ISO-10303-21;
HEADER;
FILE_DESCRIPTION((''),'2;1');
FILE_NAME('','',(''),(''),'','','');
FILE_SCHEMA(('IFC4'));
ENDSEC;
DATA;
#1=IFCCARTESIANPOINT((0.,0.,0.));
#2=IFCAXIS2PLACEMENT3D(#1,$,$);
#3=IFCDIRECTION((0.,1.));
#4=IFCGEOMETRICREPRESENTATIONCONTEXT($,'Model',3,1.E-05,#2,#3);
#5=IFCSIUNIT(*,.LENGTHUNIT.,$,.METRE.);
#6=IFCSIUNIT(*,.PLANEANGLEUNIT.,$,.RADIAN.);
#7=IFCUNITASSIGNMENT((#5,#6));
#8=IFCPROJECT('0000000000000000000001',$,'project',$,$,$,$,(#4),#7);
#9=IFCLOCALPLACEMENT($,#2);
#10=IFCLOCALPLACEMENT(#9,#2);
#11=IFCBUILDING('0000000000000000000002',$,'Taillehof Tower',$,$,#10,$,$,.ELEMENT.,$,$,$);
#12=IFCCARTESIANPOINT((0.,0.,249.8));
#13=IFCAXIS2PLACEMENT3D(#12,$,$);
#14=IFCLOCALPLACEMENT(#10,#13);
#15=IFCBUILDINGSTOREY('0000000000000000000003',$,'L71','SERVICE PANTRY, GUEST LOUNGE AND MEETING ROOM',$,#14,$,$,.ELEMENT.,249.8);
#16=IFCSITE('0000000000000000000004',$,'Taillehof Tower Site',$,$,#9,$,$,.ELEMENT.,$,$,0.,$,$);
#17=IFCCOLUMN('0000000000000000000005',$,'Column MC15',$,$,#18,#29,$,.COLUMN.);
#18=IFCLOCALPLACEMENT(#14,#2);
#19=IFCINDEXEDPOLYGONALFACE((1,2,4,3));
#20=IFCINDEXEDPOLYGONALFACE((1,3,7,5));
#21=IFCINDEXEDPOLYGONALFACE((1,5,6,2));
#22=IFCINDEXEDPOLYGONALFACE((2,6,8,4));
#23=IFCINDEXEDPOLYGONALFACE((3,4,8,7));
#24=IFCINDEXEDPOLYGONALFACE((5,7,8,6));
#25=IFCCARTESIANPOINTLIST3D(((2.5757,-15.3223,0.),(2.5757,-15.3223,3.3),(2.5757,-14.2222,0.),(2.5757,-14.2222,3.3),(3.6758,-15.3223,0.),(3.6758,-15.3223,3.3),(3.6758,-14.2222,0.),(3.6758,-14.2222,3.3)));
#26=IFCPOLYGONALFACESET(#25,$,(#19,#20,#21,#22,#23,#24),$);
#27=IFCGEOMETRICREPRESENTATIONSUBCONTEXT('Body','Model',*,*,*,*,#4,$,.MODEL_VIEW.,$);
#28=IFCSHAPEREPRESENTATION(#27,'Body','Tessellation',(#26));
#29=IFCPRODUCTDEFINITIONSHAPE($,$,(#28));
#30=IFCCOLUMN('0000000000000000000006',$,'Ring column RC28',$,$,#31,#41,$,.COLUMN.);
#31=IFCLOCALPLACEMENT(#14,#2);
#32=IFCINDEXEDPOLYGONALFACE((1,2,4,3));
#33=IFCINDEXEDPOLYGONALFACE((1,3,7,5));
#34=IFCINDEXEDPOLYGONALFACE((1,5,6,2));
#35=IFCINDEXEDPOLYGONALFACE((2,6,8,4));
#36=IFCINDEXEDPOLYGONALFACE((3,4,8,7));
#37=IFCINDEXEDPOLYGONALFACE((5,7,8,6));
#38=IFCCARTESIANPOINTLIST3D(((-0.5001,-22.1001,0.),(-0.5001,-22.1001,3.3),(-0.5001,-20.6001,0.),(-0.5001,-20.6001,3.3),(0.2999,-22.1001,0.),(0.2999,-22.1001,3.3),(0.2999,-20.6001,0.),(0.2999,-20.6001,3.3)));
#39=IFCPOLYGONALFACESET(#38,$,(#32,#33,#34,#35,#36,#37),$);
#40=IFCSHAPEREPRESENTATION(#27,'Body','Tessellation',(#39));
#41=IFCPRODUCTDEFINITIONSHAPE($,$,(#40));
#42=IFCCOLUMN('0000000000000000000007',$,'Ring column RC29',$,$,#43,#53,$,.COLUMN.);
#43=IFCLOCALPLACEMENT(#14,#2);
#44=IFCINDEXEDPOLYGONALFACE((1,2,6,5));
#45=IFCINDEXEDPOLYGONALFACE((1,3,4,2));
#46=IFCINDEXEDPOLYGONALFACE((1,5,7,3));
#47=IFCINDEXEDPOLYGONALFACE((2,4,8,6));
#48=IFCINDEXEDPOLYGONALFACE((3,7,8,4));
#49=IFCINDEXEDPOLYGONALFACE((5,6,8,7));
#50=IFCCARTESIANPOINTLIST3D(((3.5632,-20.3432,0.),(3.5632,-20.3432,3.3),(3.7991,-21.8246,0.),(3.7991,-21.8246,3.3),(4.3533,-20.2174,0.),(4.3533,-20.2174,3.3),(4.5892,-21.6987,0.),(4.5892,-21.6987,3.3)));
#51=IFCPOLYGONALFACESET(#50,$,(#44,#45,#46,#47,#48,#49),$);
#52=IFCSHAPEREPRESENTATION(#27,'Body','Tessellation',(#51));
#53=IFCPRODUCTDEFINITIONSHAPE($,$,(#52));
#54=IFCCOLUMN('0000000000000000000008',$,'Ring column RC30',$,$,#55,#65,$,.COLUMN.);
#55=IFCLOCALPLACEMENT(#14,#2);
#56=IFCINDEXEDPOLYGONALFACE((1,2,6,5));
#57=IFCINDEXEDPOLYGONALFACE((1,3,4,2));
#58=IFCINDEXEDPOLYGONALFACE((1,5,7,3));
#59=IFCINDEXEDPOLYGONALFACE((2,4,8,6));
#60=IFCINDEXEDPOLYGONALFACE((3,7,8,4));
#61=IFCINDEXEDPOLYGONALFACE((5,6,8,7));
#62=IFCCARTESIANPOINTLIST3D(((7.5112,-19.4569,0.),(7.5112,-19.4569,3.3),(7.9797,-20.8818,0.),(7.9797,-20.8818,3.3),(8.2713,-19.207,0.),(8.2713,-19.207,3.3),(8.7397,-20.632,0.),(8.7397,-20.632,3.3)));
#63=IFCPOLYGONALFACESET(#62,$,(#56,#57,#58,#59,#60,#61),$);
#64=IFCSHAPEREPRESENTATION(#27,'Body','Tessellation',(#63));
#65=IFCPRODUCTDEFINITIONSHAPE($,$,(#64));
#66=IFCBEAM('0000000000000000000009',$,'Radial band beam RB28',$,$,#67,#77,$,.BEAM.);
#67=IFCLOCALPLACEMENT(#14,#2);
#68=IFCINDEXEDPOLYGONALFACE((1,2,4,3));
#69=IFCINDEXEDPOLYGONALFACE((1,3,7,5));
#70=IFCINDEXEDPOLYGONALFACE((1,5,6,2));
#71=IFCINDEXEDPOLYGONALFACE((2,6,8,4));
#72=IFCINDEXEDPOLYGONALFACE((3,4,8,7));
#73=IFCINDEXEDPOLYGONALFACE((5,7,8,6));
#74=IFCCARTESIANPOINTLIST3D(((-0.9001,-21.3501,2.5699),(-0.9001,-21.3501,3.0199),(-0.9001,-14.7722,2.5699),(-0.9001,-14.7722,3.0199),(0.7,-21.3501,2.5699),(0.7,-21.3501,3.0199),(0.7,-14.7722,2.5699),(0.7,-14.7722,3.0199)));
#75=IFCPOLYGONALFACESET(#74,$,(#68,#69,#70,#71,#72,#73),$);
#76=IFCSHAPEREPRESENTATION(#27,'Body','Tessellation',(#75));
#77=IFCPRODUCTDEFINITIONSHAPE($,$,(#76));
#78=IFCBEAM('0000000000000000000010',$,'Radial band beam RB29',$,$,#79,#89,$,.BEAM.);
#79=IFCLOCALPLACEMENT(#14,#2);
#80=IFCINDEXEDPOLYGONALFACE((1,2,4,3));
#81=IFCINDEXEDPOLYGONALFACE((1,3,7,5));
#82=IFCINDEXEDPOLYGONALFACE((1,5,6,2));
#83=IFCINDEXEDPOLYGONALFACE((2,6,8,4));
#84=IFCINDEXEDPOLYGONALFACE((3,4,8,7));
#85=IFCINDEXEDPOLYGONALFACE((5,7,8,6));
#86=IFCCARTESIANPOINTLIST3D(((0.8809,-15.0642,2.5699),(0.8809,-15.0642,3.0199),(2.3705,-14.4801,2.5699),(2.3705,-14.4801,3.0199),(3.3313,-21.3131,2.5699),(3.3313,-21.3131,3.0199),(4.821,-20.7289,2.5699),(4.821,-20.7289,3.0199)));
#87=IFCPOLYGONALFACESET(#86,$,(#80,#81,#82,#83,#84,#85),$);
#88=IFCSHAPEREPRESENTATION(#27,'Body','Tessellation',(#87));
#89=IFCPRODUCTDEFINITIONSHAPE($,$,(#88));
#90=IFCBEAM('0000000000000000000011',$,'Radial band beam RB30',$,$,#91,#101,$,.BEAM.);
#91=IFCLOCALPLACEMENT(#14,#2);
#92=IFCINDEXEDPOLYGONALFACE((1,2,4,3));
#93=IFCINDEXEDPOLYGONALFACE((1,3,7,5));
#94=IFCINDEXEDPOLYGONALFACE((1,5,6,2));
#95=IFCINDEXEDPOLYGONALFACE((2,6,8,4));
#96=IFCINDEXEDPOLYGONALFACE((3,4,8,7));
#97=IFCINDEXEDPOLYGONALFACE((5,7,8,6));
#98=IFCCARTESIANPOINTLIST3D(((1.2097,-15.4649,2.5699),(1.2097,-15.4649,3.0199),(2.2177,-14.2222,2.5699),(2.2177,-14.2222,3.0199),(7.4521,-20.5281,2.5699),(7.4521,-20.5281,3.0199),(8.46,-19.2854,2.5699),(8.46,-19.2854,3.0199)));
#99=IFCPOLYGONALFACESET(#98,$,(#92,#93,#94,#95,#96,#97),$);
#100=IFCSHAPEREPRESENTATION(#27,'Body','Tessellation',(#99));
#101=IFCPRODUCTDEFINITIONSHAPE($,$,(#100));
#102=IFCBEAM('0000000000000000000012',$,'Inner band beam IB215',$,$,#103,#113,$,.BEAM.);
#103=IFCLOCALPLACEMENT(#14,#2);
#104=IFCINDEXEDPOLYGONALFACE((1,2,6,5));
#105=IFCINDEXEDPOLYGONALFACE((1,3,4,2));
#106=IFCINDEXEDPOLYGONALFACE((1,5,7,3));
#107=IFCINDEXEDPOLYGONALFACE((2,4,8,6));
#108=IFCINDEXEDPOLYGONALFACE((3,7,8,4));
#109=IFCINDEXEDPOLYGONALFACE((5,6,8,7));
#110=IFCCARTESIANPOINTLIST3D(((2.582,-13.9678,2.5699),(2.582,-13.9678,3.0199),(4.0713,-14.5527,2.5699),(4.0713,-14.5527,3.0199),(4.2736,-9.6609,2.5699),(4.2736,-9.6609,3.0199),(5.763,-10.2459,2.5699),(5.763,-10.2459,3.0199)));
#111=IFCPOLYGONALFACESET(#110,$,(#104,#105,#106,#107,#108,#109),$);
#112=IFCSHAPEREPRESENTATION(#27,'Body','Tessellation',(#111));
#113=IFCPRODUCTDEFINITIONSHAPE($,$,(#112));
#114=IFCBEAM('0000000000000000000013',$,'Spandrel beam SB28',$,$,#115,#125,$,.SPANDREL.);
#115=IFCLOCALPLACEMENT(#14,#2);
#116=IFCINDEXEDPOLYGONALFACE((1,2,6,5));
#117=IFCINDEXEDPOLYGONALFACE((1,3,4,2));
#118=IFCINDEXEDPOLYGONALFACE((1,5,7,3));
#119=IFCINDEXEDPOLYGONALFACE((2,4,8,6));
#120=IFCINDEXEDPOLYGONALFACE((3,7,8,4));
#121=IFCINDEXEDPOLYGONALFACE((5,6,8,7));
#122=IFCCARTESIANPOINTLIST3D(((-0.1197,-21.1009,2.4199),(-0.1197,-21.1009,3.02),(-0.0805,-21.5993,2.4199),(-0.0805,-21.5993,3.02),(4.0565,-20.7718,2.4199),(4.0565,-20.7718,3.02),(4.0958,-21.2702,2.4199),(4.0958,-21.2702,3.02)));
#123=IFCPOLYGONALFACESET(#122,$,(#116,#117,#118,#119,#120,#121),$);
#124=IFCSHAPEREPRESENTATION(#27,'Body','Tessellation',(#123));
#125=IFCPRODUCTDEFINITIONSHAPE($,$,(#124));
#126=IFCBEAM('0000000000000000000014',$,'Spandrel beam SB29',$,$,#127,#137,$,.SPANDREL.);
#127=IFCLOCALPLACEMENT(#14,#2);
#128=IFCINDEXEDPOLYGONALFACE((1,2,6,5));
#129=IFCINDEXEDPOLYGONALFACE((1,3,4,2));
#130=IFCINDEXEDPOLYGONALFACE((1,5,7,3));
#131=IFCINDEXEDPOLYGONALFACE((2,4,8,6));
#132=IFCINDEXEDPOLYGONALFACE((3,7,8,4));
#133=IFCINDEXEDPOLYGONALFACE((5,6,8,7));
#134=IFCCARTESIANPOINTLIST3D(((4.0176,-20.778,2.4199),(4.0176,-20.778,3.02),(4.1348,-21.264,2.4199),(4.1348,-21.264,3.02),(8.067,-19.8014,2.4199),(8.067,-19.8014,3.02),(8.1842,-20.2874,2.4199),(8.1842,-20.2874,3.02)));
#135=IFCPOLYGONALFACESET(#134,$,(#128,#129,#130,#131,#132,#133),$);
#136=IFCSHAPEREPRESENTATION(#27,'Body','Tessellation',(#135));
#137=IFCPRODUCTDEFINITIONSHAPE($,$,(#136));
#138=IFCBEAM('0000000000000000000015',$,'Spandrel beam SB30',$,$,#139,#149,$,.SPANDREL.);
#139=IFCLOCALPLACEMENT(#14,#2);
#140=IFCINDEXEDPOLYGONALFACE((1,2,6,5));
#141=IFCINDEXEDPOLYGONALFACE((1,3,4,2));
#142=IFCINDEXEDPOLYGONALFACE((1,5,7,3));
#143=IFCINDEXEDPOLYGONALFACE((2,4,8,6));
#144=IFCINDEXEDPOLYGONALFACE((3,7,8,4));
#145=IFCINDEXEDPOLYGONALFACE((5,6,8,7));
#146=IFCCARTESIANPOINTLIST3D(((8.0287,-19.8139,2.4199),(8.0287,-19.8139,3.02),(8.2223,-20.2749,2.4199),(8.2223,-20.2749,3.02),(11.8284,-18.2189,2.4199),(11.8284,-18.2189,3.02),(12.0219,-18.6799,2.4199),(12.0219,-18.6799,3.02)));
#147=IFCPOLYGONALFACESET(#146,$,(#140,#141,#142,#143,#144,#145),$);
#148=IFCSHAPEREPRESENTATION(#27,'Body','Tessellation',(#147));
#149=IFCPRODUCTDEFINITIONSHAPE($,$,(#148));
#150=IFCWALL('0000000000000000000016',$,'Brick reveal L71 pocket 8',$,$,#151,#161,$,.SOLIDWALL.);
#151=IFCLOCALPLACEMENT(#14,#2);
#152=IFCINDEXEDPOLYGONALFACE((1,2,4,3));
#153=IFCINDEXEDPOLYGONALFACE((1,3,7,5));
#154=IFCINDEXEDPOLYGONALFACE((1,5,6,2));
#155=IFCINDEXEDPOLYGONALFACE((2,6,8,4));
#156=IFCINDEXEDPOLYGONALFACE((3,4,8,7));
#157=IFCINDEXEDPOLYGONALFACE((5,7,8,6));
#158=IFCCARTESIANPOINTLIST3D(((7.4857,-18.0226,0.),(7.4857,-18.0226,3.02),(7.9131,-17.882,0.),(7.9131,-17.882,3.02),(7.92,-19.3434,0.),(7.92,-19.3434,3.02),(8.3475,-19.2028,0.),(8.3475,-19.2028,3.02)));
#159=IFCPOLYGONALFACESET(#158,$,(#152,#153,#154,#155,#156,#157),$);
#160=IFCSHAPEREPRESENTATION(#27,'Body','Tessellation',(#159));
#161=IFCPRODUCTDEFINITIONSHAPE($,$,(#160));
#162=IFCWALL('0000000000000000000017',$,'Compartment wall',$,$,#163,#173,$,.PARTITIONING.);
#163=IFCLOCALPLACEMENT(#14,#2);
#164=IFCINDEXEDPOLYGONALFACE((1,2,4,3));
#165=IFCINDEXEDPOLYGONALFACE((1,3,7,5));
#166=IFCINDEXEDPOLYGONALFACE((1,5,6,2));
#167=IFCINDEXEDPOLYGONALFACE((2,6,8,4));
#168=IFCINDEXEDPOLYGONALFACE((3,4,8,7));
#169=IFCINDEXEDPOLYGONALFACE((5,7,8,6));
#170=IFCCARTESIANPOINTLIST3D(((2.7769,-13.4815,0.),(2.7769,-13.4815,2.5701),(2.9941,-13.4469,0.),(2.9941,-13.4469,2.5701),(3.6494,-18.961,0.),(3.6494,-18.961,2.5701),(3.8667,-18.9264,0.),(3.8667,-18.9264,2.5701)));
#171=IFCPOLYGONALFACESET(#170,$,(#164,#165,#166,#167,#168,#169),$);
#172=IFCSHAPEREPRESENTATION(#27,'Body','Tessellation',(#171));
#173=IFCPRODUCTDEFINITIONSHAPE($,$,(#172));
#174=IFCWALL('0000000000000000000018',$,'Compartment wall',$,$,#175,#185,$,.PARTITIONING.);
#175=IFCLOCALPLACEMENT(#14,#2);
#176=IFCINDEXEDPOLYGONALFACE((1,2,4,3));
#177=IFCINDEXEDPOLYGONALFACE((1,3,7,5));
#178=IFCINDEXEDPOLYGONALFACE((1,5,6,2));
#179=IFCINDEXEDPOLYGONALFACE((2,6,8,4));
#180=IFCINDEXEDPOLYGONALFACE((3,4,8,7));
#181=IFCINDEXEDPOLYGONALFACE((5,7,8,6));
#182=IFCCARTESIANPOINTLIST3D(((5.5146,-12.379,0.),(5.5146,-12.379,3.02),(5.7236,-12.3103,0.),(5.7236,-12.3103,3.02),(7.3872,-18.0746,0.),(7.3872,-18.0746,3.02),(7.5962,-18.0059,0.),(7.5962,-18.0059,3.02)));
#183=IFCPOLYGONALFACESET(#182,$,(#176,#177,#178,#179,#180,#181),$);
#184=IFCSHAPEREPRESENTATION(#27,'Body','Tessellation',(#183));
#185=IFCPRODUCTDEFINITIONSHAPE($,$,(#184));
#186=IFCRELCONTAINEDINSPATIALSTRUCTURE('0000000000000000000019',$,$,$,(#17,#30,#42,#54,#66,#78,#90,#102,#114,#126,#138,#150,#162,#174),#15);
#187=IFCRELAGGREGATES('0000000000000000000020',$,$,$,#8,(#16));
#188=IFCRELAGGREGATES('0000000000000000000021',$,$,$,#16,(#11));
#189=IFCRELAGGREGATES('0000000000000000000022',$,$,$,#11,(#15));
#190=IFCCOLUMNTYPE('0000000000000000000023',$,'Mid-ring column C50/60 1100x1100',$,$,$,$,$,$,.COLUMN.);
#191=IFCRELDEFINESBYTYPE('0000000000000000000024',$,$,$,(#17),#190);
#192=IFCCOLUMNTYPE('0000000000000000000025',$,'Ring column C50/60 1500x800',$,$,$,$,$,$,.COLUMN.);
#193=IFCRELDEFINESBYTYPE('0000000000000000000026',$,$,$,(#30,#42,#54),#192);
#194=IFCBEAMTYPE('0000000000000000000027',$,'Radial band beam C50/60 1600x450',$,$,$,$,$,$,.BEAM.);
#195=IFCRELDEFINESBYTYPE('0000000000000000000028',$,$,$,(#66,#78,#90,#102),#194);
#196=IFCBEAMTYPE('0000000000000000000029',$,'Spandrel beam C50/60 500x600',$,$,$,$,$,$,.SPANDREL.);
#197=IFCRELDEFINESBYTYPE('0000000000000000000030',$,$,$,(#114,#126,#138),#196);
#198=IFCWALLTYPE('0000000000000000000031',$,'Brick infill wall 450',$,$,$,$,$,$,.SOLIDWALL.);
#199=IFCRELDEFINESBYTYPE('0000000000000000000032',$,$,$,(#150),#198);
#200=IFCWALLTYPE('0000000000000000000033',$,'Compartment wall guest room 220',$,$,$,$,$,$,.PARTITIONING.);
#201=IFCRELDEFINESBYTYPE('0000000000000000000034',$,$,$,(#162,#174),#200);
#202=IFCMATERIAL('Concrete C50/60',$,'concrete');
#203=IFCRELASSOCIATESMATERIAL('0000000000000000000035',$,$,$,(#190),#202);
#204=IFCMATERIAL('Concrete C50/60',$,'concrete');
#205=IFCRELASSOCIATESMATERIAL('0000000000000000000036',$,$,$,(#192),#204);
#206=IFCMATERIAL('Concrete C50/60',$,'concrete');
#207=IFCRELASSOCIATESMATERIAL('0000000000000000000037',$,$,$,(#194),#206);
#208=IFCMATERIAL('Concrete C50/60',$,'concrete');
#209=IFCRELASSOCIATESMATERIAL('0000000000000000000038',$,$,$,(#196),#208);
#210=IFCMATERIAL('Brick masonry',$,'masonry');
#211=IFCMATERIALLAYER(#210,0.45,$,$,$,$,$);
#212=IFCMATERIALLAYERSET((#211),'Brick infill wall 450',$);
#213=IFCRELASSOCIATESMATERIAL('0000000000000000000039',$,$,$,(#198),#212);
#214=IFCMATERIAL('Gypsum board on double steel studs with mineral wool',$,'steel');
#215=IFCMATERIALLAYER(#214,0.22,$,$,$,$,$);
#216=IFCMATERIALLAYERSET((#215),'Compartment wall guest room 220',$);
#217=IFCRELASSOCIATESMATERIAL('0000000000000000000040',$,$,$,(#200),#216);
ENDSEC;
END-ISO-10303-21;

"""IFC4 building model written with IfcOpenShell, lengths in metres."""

from ifc_helpers import new_model, si_unit, direction, frame, frame_2d, origin, origin_2d, place, context, subcontext, project, spatial, rectangle, extrude, material, layer, layer_set, material_profile, profile_set, type_object, element, save


model = new_model("IFC4")

# Units and contexts
model_context = context("Model", 3, precision=1e-05, world=origin(), true_north=direction((0.0, 1.0)))
body_context = subcontext(model_context, "Body", "Model", "MODEL_VIEW")
ifc_project = project(units=[si_unit("LENGTHUNIT", "METRE"), si_unit("PLANEANGLEUNIT", "RADIAN")], contexts=[model_context])

# Site, building, storey
site_placement = place(None, origin())
site = spatial("IfcSite", under=ifc_project, at=site_placement, Name="Taillehof Tower Site", CompositionType="ELEMENT", RefElevation=0.0)
building_placement = place(site_placement, origin())
building = spatial("IfcBuilding", under=site, at=building_placement, Name="Taillehof Tower", CompositionType="ELEMENT")
storey_placement = place(building_placement, frame((0.0, 0.0, 249.8)))
storey = spatial("IfcBuildingStorey", under=building, at=storey_placement, Name="L71", Description="SERVICE PANTRY, GUEST LOUNGE AND MEETING ROOM", CompositionType="ELEMENT", Elevation=249.8)

# Columns
ifc_material_1 = material(Name="Concrete C50/60", Category="concrete")
ifc_material_profile_1 = material_profile(ifc_material_1, rectangle(XDim=1.1001, YDim=1.1001, at=origin_2d()), Name="RC 1100x1100")
ifc_profile_set_1 = profile_set([ifc_material_profile_1], Name="Concrete C50/60")
column_type_1 = type_object("IfcColumnType", Name="Mid-ring column C50/60 1100x1100", PredefinedType="COLUMN", material=ifc_profile_set_1)
column_placement = place(storey_placement, frame((3.1257, -14.7722, 0.0), z_axis=(0.0, 0.0, 1.0), x_axis=(1.0, 0.0, 0.0)))
element("IfcColumn", 1, at=column_placement, inside=storey, type_object=column_type_1, Name="Column MC15", PredefinedType="COLUMN", context=body_context, shape_type="SweptSolid", body=[
    extrude(rectangle(XDim=1.1001, YDim=1.1001, at=origin_2d()), origin(), (0.0, 0.0, 1.0), 3.3),
])
ifc_material_2 = material(Name="Concrete C50/60", Category="concrete")
ifc_material_profile_2 = material_profile(ifc_material_2, rectangle(XDim=1.5, YDim=0.8, at=origin_2d()), Name="RC 1500x800")
ifc_profile_set_2 = profile_set([ifc_material_profile_2], Name="Concrete C50/60")
column_type_2 = type_object("IfcColumnType", Name="Ring column C50/60 1500x800", PredefinedType="COLUMN", material=ifc_profile_set_2)
for number, where, z_axis, x_axis, name in (
    (2, (-0.1001, -21.3501, 0.0), (0.0, 0.0, 1.0), (0.0, -1.0, 0.0), "Ring column RC28"),
    (3, (4.0762, -21.021, 0.0), (0.0, 0.0, 1.0), (0.157281, -0.987554, 0.0), "Ring column RC29"),
    (4, (8.1255, -20.0444, 0.0), (0.0, 0.0, 1.0), (0.312304, -0.949982, 0.0), "Ring column RC30"),
):
    element("IfcColumn", number, at=place(storey_placement, frame(where, z_axis=z_axis, x_axis=x_axis)), inside=storey, type_object=column_type_2, Name=name, PredefinedType="COLUMN", context=body_context, shape_type="SweptSolid", body=[
        extrude(rectangle(XDim=1.5, YDim=0.8, at=origin_2d()), origin(), (0.0, 0.0, 1.0), 3.3),
    ])

# Beams
ifc_material_3 = material(Name="Concrete C50/60", Category="concrete")
ifc_material_profile_3 = material_profile(ifc_material_3, rectangle(XDim=1.6001, YDim=0.45, at=origin_2d()), Name="RC 1600x450")
ifc_profile_set_3 = profile_set([ifc_material_profile_3], Name="Concrete C50/60")
beam_type_1 = type_object("IfcBeamType", Name="Radial band beam C50/60 1600x450", PredefinedType="BEAM", material=ifc_profile_set_3)
beam_1_placement = place(storey_placement, frame((-0.1001, -21.3501, 2.7949), z_axis=(0.0, 1.0, 0.0), x_axis=(-1.0, 0.0, 0.0)))
element("IfcBeam", 5, at=beam_1_placement, inside=storey, type_object=beam_type_1, Name="Radial band beam RB28", PredefinedType="BEAM", context=body_context, shape_type="SweptSolid", body=[
    extrude(rectangle(XDim=1.6001, YDim=0.45, at=origin_2d()), origin(), (0.0, 0.0, 1.0), 6.5779),
])
beam_2_placement = place(storey_placement, frame((4.0762, -21.021, 2.7949), z_axis=(-0.365079, 0.930976, 0.0), x_axis=(-0.930976, -0.365079, 0.0)))
element("IfcBeam", 6, at=beam_2_placement, inside=storey, type_object=beam_type_1, Name="Radial band beam RB29", PredefinedType="BEAM", context=body_context, shape_type="SweptSolid", body=[
    extrude(rectangle(XDim=1.6001, YDim=0.45, at=origin_2d()), origin(), (0.0, 0.0, 1.0), 6.7122),
])
beam_3_placement = place(storey_placement, frame((7.9561, -19.9067, 2.7949), z_axis=(-0.776646, 0.629937, 0.0), x_axis=(-0.629937, -0.776646, 0.0)))
element("IfcBeam", 7, at=beam_3_placement, inside=storey, type_object=beam_type_1, Name="Radial band beam RB30", PredefinedType="BEAM", context=body_context, shape_type="SweptSolid", body=[
    extrude(rectangle(XDim=1.6001, YDim=0.45, at=origin_2d()), origin(), (0.0, 0.0, 1.0), 8.0376),
])
beam_4_placement = place(storey_placement, frame((3.3267, -14.2603, 2.7949), z_axis=(0.365589, 0.930777, 0.0), x_axis=(-0.930777, 0.365589, 0.0)))
element("IfcBeam", 8, at=beam_4_placement, inside=storey, type_object=beam_type_1, Name="Inner band beam IB215", PredefinedType="BEAM", context=body_context, shape_type="SweptSolid", body=[
    extrude(rectangle(XDim=1.6001, YDim=0.45, at=origin_2d()), origin(), (0.0, 0.0, 1.0), 4.6272),
])
ifc_material_4 = material(Name="Concrete C50/60", Category="concrete")
ifc_material_profile_4 = material_profile(ifc_material_4, rectangle(XDim=0.5, YDim=0.6001, at=origin_2d()), Name="RC 500x600")
ifc_profile_set_4 = profile_set([ifc_material_profile_4], Name="Concrete C50/60")
beam_type_2 = type_object("IfcBeamType", Name="Spandrel beam C50/60 500x600", PredefinedType="SPANDREL", material=ifc_profile_set_4)
beam_5_placement = place(storey_placement, frame((-0.1001, -21.3501, 2.72), z_axis=(0.996909, 0.078559, 0.0), x_axis=(-0.078559, 0.996909, 0.0)))
element("IfcBeam", 9, at=beam_5_placement, inside=storey, type_object=beam_type_2, Name="Spandrel beam SB28", PredefinedType="SPANDREL", context=body_context, shape_type="SweptSolid", body=[
    extrude(rectangle(XDim=0.5, YDim=0.6001, at=origin_2d()), origin(), (0.0, 0.0, 1.0), 4.1892),
])
beam_6_placement = place(storey_placement, frame((4.0762, -21.021, 2.72), z_axis=(0.972129, 0.234446, 0.0), x_axis=(-0.234446, 0.972129, 0.0)))
element("IfcBeam", 10, at=beam_6_placement, inside=storey, type_object=beam_type_2, Name="Spandrel beam SB29", PredefinedType="SPANDREL", context=body_context, shape_type="SweptSolid", body=[
    extrude(rectangle(XDim=0.5, YDim=0.6001, at=origin_2d()), origin(), (0.0, 0.0, 1.0), 4.1655),
])
beam_7_placement = place(storey_placement, frame((8.1255, -20.0444, 2.72), z_axis=(0.922055, 0.387058, 0.0), x_axis=(-0.387058, 0.922055, 0.0)))
element("IfcBeam", 11, at=beam_7_placement, inside=storey, type_object=beam_type_2, Name="Spandrel beam SB30", PredefinedType="SPANDREL", context=body_context, shape_type="SweptSolid", body=[
    extrude(rectangle(XDim=0.5, YDim=0.6001, at=origin_2d()), origin(), (0.0, 0.0, 1.0), 4.1208),
])

# Wall
ifc_material_5 = material(Name="Brick masonry", Category="masonry")
ifc_layer_1 = layer(ifc_material_5, 0.45)
ifc_layer_set_1 = layer_set([ifc_layer_1], Name="Brick infill wall 450")
wall_type_1 = type_object("IfcWallType", Name="Brick infill wall 450", PredefinedType="SOLIDWALL", material=ifc_layer_set_1)
wall_1_placement = place(storey_placement, frame((8.1338, -19.2732, 0.0), z_axis=(0.0, 0.0, 1.0), x_axis=(-0.31238, 0.949957, 0.0)))
element("IfcWall", 12, at=wall_1_placement, inside=storey, type_object=wall_type_1, Name="Brick reveal L71 pocket 8", PredefinedType="SOLIDWALL", context=body_context, shape_type="SweptSolid", body=[
    extrude(rectangle(XDim=1.3904, YDim=0.45, at=frame_2d((0.6953, 0.0))), origin(), (0.0, 0.0, 1.0), 3.02),
])

# Walls
ifc_material_6 = material(Name="Gypsum board on double steel studs with mineral wool", Category="steel")
ifc_layer_2 = layer(ifc_material_6, 0.22)
ifc_layer_set_2 = layer_set([ifc_layer_2], Name="Compartment wall guest room 220")
wall_type_2 = type_object("IfcWallType", Name="Compartment wall guest room 220", PredefinedType="PARTITIONING", material=ifc_layer_set_2)
wall_2_placement = place(storey_placement, frame((3.7581, -18.9438, 0.0), z_axis=(0.0, 0.0, 1.0), x_axis=(-0.157259, 0.987557, 0.0)))
element("IfcWall", 13, at=wall_2_placement, inside=storey, type_object=wall_type_2, Name="Compartment wall", PredefinedType="PARTITIONING", context=body_context, shape_type="SweptSolid", body=[
    extrude(rectangle(XDim=5.5486, YDim=0.22, at=frame_2d((2.7744, 0.0))), origin(), (0.0, 0.0, 1.0), 2.5701),
])
wall_3_placement = place(storey_placement, frame((7.4917, -18.0403, 0.0), z_axis=(0.0, 0.0, 1.0), x_axis=(-0.312328, 0.949974, 0.0)))
element("IfcWall", 14, at=wall_3_placement, inside=storey, type_object=wall_type_2, Name="Compartment wall", PredefinedType="PARTITIONING", context=body_context, shape_type="SweptSolid", body=[
    extrude(rectangle(XDim=5.9956, YDim=0.22, at=frame_2d((2.9978, 0.0))), origin(), (0.0, 0.0, 1.0), 3.02),
])

save(model, "model.ifc")
